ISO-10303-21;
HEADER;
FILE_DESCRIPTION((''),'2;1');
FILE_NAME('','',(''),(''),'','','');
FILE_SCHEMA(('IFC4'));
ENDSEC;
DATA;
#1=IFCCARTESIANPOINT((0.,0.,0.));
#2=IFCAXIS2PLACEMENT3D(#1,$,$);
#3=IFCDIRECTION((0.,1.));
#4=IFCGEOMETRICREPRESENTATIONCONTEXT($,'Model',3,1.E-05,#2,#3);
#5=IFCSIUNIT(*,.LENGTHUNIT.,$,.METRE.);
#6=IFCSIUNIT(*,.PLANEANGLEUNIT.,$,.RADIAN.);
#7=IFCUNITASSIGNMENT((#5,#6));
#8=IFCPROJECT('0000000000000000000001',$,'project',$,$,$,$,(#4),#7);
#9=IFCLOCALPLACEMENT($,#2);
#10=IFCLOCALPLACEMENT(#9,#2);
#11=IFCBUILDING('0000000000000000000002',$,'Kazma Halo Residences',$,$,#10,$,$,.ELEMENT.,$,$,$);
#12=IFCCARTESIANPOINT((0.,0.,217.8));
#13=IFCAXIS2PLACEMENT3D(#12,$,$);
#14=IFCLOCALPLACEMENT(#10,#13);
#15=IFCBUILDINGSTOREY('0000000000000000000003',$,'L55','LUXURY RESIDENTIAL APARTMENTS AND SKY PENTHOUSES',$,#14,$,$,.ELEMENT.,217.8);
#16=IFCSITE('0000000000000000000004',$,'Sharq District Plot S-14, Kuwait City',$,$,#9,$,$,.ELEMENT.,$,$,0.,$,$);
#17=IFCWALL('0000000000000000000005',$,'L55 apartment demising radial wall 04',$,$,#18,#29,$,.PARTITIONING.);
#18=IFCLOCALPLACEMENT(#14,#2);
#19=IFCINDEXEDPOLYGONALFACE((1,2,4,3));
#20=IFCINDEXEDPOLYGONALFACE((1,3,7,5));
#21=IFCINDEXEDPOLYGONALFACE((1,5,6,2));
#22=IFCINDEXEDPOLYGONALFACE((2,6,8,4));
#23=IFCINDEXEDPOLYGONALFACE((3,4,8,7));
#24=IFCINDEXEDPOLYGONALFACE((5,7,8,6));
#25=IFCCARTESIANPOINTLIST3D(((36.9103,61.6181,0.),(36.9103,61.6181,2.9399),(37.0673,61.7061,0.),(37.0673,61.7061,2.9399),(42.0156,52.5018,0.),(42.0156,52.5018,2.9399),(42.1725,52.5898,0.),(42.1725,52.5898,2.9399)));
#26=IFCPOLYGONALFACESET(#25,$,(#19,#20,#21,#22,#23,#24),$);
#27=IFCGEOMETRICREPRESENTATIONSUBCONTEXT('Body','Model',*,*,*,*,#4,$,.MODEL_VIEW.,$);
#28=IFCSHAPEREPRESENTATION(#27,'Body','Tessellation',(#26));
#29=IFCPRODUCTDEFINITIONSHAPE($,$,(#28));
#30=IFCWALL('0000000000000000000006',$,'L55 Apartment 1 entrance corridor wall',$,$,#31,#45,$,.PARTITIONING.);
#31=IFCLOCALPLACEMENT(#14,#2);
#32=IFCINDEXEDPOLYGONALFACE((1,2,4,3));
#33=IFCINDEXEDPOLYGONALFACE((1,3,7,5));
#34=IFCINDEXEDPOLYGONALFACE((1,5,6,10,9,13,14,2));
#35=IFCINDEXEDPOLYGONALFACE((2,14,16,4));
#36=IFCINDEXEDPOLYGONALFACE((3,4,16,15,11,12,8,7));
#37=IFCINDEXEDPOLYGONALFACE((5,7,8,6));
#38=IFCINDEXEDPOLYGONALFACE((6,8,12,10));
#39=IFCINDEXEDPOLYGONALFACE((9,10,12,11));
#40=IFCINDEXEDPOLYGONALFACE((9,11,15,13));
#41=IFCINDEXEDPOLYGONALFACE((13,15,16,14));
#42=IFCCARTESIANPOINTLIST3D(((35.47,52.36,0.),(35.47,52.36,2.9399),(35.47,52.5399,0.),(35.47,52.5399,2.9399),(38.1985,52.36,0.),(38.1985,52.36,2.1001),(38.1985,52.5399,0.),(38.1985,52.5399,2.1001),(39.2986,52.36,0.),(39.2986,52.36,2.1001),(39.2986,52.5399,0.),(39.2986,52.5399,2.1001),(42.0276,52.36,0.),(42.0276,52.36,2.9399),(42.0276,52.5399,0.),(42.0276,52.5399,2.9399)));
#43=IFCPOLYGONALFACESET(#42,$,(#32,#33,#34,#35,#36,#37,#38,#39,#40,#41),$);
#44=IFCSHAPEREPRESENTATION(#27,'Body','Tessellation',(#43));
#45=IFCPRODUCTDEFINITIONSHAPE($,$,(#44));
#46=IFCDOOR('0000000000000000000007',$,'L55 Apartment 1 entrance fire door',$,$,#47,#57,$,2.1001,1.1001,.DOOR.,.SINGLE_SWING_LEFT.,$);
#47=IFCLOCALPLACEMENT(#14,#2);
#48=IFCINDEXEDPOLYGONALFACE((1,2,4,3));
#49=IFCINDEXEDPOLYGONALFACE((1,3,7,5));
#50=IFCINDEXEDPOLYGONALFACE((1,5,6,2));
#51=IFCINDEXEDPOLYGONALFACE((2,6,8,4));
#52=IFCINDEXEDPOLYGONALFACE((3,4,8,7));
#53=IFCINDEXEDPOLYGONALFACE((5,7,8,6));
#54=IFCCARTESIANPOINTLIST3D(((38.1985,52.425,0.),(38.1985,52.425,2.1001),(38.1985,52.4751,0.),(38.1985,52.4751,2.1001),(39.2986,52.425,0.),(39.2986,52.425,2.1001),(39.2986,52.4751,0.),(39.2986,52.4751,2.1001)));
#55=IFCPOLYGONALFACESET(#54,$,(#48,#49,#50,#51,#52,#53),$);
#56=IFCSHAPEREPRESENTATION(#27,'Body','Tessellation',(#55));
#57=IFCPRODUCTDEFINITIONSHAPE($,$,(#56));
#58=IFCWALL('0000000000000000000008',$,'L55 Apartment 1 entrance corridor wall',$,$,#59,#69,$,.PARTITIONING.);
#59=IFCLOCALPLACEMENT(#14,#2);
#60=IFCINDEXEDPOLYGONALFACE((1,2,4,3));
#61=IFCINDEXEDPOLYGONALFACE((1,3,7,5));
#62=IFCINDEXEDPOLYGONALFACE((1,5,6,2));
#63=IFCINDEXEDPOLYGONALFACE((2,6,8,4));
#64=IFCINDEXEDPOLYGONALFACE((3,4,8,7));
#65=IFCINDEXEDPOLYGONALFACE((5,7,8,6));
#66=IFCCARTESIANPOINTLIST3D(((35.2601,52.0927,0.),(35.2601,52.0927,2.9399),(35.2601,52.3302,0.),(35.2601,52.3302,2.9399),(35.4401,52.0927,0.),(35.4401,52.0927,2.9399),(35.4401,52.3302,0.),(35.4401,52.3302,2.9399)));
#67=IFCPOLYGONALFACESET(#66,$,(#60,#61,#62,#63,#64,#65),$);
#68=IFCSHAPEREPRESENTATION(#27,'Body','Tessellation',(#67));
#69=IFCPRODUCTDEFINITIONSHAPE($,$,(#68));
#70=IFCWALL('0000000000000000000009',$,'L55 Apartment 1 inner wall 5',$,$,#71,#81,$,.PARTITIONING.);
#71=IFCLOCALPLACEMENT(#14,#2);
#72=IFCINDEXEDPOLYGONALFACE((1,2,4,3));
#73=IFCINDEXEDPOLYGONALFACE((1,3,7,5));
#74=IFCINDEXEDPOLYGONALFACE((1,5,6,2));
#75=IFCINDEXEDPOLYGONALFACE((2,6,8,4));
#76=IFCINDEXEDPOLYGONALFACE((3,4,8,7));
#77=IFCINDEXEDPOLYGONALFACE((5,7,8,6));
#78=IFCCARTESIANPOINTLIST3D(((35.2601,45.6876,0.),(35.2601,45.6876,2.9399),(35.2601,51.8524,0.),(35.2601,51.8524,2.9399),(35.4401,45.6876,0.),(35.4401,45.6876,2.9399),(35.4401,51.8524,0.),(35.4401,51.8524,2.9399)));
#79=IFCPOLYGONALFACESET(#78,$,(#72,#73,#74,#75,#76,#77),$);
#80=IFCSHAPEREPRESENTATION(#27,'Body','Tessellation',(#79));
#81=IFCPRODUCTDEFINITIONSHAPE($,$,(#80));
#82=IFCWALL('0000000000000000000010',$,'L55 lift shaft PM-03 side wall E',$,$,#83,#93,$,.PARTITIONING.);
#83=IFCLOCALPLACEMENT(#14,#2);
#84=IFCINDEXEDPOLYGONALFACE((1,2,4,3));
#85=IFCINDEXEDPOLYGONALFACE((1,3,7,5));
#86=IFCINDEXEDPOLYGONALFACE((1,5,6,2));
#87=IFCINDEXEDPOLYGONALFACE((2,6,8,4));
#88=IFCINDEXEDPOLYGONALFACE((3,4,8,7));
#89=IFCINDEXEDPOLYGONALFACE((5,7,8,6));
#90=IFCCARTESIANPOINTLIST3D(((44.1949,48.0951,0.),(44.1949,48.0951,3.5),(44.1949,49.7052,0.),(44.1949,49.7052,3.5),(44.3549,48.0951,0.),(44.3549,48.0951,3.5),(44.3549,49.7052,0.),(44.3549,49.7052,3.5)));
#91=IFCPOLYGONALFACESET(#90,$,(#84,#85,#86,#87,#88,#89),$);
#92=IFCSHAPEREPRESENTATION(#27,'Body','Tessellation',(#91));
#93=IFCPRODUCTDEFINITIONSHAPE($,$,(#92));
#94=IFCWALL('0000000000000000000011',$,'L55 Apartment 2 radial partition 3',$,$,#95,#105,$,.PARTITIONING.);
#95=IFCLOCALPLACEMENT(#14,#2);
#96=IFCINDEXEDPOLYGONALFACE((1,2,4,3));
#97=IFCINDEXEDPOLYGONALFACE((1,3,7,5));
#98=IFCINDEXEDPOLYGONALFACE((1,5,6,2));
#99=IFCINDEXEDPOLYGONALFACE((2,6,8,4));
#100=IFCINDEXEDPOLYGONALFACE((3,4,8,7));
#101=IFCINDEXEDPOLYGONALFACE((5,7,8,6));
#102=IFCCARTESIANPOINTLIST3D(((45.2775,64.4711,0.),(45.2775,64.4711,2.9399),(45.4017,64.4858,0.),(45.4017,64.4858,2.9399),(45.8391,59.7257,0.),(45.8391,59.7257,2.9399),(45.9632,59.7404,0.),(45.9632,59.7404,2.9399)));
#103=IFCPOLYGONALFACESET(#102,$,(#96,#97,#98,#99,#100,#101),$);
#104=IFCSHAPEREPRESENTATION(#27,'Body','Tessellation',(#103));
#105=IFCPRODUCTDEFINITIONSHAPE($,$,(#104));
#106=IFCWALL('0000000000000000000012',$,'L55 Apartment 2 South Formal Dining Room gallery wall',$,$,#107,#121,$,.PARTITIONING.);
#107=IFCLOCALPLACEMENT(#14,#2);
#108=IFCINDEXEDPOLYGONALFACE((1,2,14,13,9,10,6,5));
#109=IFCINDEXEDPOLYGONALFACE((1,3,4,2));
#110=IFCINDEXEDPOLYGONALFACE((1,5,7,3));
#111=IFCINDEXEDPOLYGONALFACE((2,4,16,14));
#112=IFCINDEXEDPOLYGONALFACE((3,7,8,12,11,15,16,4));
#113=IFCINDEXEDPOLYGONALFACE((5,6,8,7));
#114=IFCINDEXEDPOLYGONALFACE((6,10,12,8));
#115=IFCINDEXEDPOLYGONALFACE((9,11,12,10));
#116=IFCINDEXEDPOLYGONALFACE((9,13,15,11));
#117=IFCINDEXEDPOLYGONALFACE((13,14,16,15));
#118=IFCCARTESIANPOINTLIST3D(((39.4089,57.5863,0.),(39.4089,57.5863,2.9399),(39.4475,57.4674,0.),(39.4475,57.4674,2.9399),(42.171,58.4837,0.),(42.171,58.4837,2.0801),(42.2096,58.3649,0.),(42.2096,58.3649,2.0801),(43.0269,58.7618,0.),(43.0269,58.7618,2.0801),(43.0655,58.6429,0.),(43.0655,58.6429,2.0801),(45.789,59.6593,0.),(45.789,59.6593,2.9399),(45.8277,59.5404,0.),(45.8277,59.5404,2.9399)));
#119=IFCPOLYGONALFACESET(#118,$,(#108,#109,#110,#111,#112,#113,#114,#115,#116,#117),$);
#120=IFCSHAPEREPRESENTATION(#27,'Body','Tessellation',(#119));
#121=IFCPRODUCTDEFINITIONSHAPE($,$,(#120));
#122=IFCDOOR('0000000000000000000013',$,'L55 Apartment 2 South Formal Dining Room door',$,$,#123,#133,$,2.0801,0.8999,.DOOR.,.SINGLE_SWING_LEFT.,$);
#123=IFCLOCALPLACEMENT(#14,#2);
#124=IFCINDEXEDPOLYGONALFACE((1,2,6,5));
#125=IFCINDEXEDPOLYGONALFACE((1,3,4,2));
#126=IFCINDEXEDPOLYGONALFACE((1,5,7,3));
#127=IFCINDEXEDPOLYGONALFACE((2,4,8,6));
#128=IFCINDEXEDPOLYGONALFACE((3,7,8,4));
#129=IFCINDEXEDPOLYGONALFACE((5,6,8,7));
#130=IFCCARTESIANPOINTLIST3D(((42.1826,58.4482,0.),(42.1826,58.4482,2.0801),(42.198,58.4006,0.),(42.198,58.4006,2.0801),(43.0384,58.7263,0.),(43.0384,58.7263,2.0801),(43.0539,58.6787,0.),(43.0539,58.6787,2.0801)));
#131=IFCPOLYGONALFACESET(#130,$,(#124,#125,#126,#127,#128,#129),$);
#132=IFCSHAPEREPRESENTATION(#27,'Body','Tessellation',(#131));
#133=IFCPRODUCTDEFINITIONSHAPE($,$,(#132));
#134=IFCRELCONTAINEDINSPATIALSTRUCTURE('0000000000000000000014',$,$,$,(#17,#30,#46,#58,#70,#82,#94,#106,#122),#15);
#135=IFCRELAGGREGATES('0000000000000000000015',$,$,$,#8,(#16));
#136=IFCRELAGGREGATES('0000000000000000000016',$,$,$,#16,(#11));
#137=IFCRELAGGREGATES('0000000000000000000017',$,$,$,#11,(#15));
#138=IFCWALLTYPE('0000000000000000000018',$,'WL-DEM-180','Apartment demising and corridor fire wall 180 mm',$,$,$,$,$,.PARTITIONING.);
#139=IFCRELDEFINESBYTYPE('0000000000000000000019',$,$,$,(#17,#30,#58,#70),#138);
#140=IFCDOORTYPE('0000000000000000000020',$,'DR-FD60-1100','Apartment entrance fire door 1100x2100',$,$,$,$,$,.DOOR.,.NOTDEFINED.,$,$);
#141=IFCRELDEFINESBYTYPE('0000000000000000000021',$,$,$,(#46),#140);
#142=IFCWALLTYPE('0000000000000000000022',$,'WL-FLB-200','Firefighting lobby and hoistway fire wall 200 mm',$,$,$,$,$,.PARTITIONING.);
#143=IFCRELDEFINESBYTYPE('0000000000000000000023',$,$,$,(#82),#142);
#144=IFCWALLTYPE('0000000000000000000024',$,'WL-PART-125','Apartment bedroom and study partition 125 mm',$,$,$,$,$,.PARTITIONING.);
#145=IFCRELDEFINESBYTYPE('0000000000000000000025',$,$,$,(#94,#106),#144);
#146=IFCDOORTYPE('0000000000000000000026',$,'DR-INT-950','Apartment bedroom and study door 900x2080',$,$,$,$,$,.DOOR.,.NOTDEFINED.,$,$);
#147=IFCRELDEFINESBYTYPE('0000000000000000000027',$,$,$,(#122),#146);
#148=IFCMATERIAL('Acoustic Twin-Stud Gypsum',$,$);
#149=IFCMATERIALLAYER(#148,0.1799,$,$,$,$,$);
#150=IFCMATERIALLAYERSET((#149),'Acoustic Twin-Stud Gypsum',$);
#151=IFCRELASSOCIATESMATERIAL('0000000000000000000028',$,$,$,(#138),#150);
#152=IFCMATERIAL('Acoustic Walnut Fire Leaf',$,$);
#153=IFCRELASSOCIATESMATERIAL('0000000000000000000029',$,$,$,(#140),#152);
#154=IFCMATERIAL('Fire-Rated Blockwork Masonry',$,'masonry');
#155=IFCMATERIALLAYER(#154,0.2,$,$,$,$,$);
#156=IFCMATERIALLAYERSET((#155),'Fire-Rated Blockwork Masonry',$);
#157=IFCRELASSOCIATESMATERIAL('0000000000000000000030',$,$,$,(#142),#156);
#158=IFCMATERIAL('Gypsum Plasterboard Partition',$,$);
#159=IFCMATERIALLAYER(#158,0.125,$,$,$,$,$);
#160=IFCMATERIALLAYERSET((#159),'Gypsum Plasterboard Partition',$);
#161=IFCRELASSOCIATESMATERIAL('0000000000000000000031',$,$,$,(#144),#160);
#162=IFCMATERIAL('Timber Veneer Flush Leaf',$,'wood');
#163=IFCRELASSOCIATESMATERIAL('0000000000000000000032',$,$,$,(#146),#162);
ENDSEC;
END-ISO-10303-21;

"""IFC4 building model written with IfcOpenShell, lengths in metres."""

from ifc_helpers import new_model, si_unit, direction, frame, frame_2d, origin, place, context, subcontext, project, spatial, rectangle, extrude, material, layer, layer_set, type_object, element, fill, save


model = new_model("IFC4")

# Units and contexts
model_context = context("Model", 3, precision=1e-05, world=origin(), true_north=direction((0.0, 1.0)))
body_context = subcontext(model_context, "Body", "Model", "MODEL_VIEW")
ifc_project = project(units=[si_unit("LENGTHUNIT", "METRE"), si_unit("PLANEANGLEUNIT", "RADIAN")], contexts=[model_context])

# Site, building, storey
site_placement = place(None, origin())
site = spatial("IfcSite", under=ifc_project, at=site_placement, Name="Sharq District Plot S-14, Kuwait City", CompositionType="ELEMENT", RefElevation=0.0)
building_placement = place(site_placement, origin())
building = spatial("IfcBuilding", under=site, at=building_placement, Name="Kazma Halo Residences", CompositionType="ELEMENT")
storey_placement = place(building_placement, frame((0.0, 0.0, 217.8)))
storey = spatial("IfcBuildingStorey", under=building, at=storey_placement, Name="L55", Description="LUXURY RESIDENTIAL APARTMENTS AND SKY PENTHOUSES", CompositionType="ELEMENT", Elevation=217.8)

# Wall
ifc_material_1 = material(Name="Acoustic Twin-Stud Gypsum")
ifc_layer_1 = layer(ifc_material_1, 0.1799)
ifc_layer_set_1 = layer_set([ifc_layer_1], Name="Acoustic Twin-Stud Gypsum")
wall_type_1 = type_object("IfcWallType", Name="WL-DEM-180", Description="Apartment demising and corridor fire wall 180 mm", PredefinedType="PARTITIONING", material=ifc_layer_set_1)
wall_1_placement = place(storey_placement, frame((42.094, 52.5459, 0.0), z_axis=(0.0, 0.0, 1.0), x_axis=(-0.488614, 0.8725, 0.0)))
element("IfcWall", 1, at=wall_1_placement, inside=storey, type_object=wall_type_1, Name="L55 apartment demising radial wall 04", PredefinedType="PARTITIONING", context=body_context, shape_type="SweptSolid", body=[
    extrude(rectangle(XDim=10.4485, YDim=0.1799, at=frame_2d((5.2241, 0.0))), origin(), (0.0, 0.0, 1.0), 2.9399),
])

# Wall, opening, door
wall_2_placement = place(storey_placement, frame((42.0276, 52.45, 0.0), z_axis=(0.0, 0.0, 1.0), x_axis=(-1.0, 0.0, 0.0)))
wall_2 = element("IfcWall", 2, at=wall_2_placement, inside=storey, type_object=wall_type_1, Name="L55 Apartment 1 entrance corridor wall", PredefinedType="PARTITIONING", context=body_context, shape_type="SweptSolid", body=[
    extrude(rectangle(XDim=6.5576, YDim=0.1799, at=frame_2d((3.2788, 0.0))), origin(), (0.0, 0.0, 1.0), 2.9399),
])
opening_1_placement = place(wall_2_placement, frame((2.729, 0.0, 0.0)))
opening_1 = element("IfcOpeningElement", 3, at=opening_1_placement, cuts=wall_2, PredefinedType="OPENING", context=body_context, shape_type="SweptSolid", body=[
    extrude(rectangle(XDim=1.1001, YDim=2.1001, at=frame_2d((0.55, 1.05))), frame((0.0, 0.0999, 0.0), z_axis=(0.0, -1.0, 0.0), x_axis=(1.0, 0.0, 0.0)), (0.0, 0.0, 1.0), 0.2),
])
ifc_material_2 = material(Name="Acoustic Walnut Fire Leaf")
door_type_1 = type_object("IfcDoorType", Name="DR-FD60-1100", Description="Apartment entrance fire door 1100x2100", OperationType="NOTDEFINED", PredefinedType="DOOR", material=ifc_material_2)
door_1_placement = place(opening_1_placement, origin())
door_1 = element("IfcDoor", 4, at=door_1_placement, inside=storey, type_object=door_type_1, Name="L55 Apartment 1 entrance fire door", OperationType="SINGLE_SWING_LEFT", OverallHeight=2.1001, OverallWidth=1.1001, PredefinedType="DOOR", context=body_context, shape_type="SweptSolid", body=[
    extrude(rectangle(XDim=1.1001, YDim=2.1001, at=frame_2d((0.55, 1.05))), frame((0.0, 0.0249, 0.0), z_axis=(0.0, -1.0, 0.0), x_axis=(1.0, 0.0, 0.0)), (0.0, 0.0, 1.0), 0.05),
])
fill(opening_1, door_1)

# Walls
wall_3_placement = place(storey_placement, frame((35.3501, 52.3301, 0.0), z_axis=(0.0, 0.0, 1.0), x_axis=(0.0, -1.0, 0.0)))
element("IfcWall", 5, at=wall_3_placement, inside=storey, type_object=wall_type_1, Name="L55 Apartment 1 entrance corridor wall", PredefinedType="PARTITIONING", context=body_context, shape_type="SweptSolid", body=[
    extrude(rectangle(XDim=0.2375, YDim=0.1799, at=frame_2d((0.1187, 0.0))), origin(), (0.0, 0.0, 1.0), 2.9399),
])
wall_4_placement = place(storey_placement, frame((35.3501, 51.8525, 0.0), z_axis=(0.0, 0.0, 1.0), x_axis=(0.0, -1.0, 0.0)))
element("IfcWall", 6, at=wall_4_placement, inside=storey, type_object=wall_type_1, Name="L55 Apartment 1 inner wall 5", PredefinedType="PARTITIONING", context=body_context, shape_type="SweptSolid", body=[
    extrude(rectangle(XDim=6.1648, YDim=0.1799, at=frame_2d((3.0825, 0.0))), origin(), (0.0, 0.0, 1.0), 2.9399),
])

# Walls
ifc_material_3 = material(Name="Fire-Rated Blockwork Masonry", Category="masonry")
ifc_layer_2 = layer(ifc_material_3, 0.2)
ifc_layer_set_2 = layer_set([ifc_layer_2], Name="Fire-Rated Blockwork Masonry")
wall_type_2 = type_object("IfcWallType", Name="WL-FLB-200", Description="Firefighting lobby and hoistway fire wall 200 mm", PredefinedType="PARTITIONING", material=ifc_layer_set_2)
wall_5_placement = place(storey_placement, frame((44.2749, 48.095, 0.0), z_axis=(0.0, 0.0, 1.0), x_axis=(0.0, 1.0, 0.0)))
element("IfcWall", 7, at=wall_5_placement, inside=storey, type_object=wall_type_2, Name="L55 lift shaft PM-03 side wall E", PredefinedType="PARTITIONING", context=body_context, shape_type="SweptSolid", body=[
    extrude(rectangle(XDim=1.6101, YDim=0.1599, at=frame_2d((0.8052, 0.0))), origin(), (0.0, 0.0, 1.0), 3.5),
])
ifc_material_4 = material(Name="Gypsum Plasterboard Partition")
ifc_layer_3 = layer(ifc_material_4, 0.125)
ifc_layer_set_3 = layer_set([ifc_layer_3], Name="Gypsum Plasterboard Partition")
wall_type_3 = type_object("IfcWallType", Name="WL-PART-125", Description="Apartment bedroom and study partition 125 mm", PredefinedType="PARTITIONING", material=ifc_layer_set_3)
wall_6_placement = place(storey_placement, frame((45.9011, 59.7332, 0.0), z_axis=(0.0, 0.0, 1.0), x_axis=(-0.117511, 0.993072, 0.0)))
element("IfcWall", 8, at=wall_6_placement, inside=storey, type_object=wall_type_3, Name="L55 Apartment 2 radial partition 3", PredefinedType="PARTITIONING", context=body_context, shape_type="SweptSolid", body=[
    extrude(rectangle(XDim=4.7786, YDim=0.125, at=frame_2d((2.3892, 0.0))), origin(), (0.0, 0.0, 1.0), 2.9399),
])

# Wall, opening, door
wall_7_placement = place(storey_placement, frame((45.8083, 59.5999, 0.0), z_axis=(0.0, 0.0, 1.0), x_axis=(-0.951058, -0.309013, 0.0)))
wall_7 = element("IfcWall", 9, at=wall_7_placement, inside=storey, type_object=wall_type_3, Name="L55 Apartment 2 South Formal Dining Room gallery wall", PredefinedType="PARTITIONING", context=body_context, shape_type="SweptSolid", body=[
    extrude(rectangle(XDim=6.7085, YDim=0.125, at=frame_2d((3.3542, 0.0))), origin(), (0.0, 0.0, 1.0), 2.9399),
])
opening_2_placement = place(wall_7_placement, frame((2.9043, 0.0, 0.0)))
opening_2 = element("IfcOpeningElement", 10, at=opening_2_placement, cuts=wall_7, PredefinedType="OPENING", context=body_context, shape_type="SweptSolid", body=[
    extrude(rectangle(XDim=0.8999, YDim=2.0801, at=frame_2d((0.45, 1.04))), frame((0.0, 0.0725, 0.0), z_axis=(0.0, -1.0, 0.0), x_axis=(1.0, 0.0, 0.0)), (0.0, 0.0, 1.0), 0.145),
])
ifc_material_5 = material(Name="Timber Veneer Flush Leaf", Category="wood")
door_type_2 = type_object("IfcDoorType", Name="DR-INT-950", Description="Apartment bedroom and study door 900x2080", OperationType="NOTDEFINED", PredefinedType="DOOR", material=ifc_material_5)
door_2_placement = place(opening_2_placement, origin())
door_2 = element("IfcDoor", 11, at=door_2_placement, inside=storey, type_object=door_type_2, Name="L55 Apartment 2 South Formal Dining Room door", OperationType="SINGLE_SWING_LEFT", OverallHeight=2.0801, OverallWidth=0.8999, PredefinedType="DOOR", context=body_context, shape_type="SweptSolid", body=[
    extrude(rectangle(XDim=0.8999, YDim=2.0801, at=frame_2d((0.45, 1.04))), frame((0.0, 0.0249, 0.0), z_axis=(0.0, -1.0, 0.0), x_axis=(1.0, 0.0, 0.0)), (0.0, 0.0, 1.0), 0.05),
])
fill(opening_2, door_2)

save(model, "model.ifc")
